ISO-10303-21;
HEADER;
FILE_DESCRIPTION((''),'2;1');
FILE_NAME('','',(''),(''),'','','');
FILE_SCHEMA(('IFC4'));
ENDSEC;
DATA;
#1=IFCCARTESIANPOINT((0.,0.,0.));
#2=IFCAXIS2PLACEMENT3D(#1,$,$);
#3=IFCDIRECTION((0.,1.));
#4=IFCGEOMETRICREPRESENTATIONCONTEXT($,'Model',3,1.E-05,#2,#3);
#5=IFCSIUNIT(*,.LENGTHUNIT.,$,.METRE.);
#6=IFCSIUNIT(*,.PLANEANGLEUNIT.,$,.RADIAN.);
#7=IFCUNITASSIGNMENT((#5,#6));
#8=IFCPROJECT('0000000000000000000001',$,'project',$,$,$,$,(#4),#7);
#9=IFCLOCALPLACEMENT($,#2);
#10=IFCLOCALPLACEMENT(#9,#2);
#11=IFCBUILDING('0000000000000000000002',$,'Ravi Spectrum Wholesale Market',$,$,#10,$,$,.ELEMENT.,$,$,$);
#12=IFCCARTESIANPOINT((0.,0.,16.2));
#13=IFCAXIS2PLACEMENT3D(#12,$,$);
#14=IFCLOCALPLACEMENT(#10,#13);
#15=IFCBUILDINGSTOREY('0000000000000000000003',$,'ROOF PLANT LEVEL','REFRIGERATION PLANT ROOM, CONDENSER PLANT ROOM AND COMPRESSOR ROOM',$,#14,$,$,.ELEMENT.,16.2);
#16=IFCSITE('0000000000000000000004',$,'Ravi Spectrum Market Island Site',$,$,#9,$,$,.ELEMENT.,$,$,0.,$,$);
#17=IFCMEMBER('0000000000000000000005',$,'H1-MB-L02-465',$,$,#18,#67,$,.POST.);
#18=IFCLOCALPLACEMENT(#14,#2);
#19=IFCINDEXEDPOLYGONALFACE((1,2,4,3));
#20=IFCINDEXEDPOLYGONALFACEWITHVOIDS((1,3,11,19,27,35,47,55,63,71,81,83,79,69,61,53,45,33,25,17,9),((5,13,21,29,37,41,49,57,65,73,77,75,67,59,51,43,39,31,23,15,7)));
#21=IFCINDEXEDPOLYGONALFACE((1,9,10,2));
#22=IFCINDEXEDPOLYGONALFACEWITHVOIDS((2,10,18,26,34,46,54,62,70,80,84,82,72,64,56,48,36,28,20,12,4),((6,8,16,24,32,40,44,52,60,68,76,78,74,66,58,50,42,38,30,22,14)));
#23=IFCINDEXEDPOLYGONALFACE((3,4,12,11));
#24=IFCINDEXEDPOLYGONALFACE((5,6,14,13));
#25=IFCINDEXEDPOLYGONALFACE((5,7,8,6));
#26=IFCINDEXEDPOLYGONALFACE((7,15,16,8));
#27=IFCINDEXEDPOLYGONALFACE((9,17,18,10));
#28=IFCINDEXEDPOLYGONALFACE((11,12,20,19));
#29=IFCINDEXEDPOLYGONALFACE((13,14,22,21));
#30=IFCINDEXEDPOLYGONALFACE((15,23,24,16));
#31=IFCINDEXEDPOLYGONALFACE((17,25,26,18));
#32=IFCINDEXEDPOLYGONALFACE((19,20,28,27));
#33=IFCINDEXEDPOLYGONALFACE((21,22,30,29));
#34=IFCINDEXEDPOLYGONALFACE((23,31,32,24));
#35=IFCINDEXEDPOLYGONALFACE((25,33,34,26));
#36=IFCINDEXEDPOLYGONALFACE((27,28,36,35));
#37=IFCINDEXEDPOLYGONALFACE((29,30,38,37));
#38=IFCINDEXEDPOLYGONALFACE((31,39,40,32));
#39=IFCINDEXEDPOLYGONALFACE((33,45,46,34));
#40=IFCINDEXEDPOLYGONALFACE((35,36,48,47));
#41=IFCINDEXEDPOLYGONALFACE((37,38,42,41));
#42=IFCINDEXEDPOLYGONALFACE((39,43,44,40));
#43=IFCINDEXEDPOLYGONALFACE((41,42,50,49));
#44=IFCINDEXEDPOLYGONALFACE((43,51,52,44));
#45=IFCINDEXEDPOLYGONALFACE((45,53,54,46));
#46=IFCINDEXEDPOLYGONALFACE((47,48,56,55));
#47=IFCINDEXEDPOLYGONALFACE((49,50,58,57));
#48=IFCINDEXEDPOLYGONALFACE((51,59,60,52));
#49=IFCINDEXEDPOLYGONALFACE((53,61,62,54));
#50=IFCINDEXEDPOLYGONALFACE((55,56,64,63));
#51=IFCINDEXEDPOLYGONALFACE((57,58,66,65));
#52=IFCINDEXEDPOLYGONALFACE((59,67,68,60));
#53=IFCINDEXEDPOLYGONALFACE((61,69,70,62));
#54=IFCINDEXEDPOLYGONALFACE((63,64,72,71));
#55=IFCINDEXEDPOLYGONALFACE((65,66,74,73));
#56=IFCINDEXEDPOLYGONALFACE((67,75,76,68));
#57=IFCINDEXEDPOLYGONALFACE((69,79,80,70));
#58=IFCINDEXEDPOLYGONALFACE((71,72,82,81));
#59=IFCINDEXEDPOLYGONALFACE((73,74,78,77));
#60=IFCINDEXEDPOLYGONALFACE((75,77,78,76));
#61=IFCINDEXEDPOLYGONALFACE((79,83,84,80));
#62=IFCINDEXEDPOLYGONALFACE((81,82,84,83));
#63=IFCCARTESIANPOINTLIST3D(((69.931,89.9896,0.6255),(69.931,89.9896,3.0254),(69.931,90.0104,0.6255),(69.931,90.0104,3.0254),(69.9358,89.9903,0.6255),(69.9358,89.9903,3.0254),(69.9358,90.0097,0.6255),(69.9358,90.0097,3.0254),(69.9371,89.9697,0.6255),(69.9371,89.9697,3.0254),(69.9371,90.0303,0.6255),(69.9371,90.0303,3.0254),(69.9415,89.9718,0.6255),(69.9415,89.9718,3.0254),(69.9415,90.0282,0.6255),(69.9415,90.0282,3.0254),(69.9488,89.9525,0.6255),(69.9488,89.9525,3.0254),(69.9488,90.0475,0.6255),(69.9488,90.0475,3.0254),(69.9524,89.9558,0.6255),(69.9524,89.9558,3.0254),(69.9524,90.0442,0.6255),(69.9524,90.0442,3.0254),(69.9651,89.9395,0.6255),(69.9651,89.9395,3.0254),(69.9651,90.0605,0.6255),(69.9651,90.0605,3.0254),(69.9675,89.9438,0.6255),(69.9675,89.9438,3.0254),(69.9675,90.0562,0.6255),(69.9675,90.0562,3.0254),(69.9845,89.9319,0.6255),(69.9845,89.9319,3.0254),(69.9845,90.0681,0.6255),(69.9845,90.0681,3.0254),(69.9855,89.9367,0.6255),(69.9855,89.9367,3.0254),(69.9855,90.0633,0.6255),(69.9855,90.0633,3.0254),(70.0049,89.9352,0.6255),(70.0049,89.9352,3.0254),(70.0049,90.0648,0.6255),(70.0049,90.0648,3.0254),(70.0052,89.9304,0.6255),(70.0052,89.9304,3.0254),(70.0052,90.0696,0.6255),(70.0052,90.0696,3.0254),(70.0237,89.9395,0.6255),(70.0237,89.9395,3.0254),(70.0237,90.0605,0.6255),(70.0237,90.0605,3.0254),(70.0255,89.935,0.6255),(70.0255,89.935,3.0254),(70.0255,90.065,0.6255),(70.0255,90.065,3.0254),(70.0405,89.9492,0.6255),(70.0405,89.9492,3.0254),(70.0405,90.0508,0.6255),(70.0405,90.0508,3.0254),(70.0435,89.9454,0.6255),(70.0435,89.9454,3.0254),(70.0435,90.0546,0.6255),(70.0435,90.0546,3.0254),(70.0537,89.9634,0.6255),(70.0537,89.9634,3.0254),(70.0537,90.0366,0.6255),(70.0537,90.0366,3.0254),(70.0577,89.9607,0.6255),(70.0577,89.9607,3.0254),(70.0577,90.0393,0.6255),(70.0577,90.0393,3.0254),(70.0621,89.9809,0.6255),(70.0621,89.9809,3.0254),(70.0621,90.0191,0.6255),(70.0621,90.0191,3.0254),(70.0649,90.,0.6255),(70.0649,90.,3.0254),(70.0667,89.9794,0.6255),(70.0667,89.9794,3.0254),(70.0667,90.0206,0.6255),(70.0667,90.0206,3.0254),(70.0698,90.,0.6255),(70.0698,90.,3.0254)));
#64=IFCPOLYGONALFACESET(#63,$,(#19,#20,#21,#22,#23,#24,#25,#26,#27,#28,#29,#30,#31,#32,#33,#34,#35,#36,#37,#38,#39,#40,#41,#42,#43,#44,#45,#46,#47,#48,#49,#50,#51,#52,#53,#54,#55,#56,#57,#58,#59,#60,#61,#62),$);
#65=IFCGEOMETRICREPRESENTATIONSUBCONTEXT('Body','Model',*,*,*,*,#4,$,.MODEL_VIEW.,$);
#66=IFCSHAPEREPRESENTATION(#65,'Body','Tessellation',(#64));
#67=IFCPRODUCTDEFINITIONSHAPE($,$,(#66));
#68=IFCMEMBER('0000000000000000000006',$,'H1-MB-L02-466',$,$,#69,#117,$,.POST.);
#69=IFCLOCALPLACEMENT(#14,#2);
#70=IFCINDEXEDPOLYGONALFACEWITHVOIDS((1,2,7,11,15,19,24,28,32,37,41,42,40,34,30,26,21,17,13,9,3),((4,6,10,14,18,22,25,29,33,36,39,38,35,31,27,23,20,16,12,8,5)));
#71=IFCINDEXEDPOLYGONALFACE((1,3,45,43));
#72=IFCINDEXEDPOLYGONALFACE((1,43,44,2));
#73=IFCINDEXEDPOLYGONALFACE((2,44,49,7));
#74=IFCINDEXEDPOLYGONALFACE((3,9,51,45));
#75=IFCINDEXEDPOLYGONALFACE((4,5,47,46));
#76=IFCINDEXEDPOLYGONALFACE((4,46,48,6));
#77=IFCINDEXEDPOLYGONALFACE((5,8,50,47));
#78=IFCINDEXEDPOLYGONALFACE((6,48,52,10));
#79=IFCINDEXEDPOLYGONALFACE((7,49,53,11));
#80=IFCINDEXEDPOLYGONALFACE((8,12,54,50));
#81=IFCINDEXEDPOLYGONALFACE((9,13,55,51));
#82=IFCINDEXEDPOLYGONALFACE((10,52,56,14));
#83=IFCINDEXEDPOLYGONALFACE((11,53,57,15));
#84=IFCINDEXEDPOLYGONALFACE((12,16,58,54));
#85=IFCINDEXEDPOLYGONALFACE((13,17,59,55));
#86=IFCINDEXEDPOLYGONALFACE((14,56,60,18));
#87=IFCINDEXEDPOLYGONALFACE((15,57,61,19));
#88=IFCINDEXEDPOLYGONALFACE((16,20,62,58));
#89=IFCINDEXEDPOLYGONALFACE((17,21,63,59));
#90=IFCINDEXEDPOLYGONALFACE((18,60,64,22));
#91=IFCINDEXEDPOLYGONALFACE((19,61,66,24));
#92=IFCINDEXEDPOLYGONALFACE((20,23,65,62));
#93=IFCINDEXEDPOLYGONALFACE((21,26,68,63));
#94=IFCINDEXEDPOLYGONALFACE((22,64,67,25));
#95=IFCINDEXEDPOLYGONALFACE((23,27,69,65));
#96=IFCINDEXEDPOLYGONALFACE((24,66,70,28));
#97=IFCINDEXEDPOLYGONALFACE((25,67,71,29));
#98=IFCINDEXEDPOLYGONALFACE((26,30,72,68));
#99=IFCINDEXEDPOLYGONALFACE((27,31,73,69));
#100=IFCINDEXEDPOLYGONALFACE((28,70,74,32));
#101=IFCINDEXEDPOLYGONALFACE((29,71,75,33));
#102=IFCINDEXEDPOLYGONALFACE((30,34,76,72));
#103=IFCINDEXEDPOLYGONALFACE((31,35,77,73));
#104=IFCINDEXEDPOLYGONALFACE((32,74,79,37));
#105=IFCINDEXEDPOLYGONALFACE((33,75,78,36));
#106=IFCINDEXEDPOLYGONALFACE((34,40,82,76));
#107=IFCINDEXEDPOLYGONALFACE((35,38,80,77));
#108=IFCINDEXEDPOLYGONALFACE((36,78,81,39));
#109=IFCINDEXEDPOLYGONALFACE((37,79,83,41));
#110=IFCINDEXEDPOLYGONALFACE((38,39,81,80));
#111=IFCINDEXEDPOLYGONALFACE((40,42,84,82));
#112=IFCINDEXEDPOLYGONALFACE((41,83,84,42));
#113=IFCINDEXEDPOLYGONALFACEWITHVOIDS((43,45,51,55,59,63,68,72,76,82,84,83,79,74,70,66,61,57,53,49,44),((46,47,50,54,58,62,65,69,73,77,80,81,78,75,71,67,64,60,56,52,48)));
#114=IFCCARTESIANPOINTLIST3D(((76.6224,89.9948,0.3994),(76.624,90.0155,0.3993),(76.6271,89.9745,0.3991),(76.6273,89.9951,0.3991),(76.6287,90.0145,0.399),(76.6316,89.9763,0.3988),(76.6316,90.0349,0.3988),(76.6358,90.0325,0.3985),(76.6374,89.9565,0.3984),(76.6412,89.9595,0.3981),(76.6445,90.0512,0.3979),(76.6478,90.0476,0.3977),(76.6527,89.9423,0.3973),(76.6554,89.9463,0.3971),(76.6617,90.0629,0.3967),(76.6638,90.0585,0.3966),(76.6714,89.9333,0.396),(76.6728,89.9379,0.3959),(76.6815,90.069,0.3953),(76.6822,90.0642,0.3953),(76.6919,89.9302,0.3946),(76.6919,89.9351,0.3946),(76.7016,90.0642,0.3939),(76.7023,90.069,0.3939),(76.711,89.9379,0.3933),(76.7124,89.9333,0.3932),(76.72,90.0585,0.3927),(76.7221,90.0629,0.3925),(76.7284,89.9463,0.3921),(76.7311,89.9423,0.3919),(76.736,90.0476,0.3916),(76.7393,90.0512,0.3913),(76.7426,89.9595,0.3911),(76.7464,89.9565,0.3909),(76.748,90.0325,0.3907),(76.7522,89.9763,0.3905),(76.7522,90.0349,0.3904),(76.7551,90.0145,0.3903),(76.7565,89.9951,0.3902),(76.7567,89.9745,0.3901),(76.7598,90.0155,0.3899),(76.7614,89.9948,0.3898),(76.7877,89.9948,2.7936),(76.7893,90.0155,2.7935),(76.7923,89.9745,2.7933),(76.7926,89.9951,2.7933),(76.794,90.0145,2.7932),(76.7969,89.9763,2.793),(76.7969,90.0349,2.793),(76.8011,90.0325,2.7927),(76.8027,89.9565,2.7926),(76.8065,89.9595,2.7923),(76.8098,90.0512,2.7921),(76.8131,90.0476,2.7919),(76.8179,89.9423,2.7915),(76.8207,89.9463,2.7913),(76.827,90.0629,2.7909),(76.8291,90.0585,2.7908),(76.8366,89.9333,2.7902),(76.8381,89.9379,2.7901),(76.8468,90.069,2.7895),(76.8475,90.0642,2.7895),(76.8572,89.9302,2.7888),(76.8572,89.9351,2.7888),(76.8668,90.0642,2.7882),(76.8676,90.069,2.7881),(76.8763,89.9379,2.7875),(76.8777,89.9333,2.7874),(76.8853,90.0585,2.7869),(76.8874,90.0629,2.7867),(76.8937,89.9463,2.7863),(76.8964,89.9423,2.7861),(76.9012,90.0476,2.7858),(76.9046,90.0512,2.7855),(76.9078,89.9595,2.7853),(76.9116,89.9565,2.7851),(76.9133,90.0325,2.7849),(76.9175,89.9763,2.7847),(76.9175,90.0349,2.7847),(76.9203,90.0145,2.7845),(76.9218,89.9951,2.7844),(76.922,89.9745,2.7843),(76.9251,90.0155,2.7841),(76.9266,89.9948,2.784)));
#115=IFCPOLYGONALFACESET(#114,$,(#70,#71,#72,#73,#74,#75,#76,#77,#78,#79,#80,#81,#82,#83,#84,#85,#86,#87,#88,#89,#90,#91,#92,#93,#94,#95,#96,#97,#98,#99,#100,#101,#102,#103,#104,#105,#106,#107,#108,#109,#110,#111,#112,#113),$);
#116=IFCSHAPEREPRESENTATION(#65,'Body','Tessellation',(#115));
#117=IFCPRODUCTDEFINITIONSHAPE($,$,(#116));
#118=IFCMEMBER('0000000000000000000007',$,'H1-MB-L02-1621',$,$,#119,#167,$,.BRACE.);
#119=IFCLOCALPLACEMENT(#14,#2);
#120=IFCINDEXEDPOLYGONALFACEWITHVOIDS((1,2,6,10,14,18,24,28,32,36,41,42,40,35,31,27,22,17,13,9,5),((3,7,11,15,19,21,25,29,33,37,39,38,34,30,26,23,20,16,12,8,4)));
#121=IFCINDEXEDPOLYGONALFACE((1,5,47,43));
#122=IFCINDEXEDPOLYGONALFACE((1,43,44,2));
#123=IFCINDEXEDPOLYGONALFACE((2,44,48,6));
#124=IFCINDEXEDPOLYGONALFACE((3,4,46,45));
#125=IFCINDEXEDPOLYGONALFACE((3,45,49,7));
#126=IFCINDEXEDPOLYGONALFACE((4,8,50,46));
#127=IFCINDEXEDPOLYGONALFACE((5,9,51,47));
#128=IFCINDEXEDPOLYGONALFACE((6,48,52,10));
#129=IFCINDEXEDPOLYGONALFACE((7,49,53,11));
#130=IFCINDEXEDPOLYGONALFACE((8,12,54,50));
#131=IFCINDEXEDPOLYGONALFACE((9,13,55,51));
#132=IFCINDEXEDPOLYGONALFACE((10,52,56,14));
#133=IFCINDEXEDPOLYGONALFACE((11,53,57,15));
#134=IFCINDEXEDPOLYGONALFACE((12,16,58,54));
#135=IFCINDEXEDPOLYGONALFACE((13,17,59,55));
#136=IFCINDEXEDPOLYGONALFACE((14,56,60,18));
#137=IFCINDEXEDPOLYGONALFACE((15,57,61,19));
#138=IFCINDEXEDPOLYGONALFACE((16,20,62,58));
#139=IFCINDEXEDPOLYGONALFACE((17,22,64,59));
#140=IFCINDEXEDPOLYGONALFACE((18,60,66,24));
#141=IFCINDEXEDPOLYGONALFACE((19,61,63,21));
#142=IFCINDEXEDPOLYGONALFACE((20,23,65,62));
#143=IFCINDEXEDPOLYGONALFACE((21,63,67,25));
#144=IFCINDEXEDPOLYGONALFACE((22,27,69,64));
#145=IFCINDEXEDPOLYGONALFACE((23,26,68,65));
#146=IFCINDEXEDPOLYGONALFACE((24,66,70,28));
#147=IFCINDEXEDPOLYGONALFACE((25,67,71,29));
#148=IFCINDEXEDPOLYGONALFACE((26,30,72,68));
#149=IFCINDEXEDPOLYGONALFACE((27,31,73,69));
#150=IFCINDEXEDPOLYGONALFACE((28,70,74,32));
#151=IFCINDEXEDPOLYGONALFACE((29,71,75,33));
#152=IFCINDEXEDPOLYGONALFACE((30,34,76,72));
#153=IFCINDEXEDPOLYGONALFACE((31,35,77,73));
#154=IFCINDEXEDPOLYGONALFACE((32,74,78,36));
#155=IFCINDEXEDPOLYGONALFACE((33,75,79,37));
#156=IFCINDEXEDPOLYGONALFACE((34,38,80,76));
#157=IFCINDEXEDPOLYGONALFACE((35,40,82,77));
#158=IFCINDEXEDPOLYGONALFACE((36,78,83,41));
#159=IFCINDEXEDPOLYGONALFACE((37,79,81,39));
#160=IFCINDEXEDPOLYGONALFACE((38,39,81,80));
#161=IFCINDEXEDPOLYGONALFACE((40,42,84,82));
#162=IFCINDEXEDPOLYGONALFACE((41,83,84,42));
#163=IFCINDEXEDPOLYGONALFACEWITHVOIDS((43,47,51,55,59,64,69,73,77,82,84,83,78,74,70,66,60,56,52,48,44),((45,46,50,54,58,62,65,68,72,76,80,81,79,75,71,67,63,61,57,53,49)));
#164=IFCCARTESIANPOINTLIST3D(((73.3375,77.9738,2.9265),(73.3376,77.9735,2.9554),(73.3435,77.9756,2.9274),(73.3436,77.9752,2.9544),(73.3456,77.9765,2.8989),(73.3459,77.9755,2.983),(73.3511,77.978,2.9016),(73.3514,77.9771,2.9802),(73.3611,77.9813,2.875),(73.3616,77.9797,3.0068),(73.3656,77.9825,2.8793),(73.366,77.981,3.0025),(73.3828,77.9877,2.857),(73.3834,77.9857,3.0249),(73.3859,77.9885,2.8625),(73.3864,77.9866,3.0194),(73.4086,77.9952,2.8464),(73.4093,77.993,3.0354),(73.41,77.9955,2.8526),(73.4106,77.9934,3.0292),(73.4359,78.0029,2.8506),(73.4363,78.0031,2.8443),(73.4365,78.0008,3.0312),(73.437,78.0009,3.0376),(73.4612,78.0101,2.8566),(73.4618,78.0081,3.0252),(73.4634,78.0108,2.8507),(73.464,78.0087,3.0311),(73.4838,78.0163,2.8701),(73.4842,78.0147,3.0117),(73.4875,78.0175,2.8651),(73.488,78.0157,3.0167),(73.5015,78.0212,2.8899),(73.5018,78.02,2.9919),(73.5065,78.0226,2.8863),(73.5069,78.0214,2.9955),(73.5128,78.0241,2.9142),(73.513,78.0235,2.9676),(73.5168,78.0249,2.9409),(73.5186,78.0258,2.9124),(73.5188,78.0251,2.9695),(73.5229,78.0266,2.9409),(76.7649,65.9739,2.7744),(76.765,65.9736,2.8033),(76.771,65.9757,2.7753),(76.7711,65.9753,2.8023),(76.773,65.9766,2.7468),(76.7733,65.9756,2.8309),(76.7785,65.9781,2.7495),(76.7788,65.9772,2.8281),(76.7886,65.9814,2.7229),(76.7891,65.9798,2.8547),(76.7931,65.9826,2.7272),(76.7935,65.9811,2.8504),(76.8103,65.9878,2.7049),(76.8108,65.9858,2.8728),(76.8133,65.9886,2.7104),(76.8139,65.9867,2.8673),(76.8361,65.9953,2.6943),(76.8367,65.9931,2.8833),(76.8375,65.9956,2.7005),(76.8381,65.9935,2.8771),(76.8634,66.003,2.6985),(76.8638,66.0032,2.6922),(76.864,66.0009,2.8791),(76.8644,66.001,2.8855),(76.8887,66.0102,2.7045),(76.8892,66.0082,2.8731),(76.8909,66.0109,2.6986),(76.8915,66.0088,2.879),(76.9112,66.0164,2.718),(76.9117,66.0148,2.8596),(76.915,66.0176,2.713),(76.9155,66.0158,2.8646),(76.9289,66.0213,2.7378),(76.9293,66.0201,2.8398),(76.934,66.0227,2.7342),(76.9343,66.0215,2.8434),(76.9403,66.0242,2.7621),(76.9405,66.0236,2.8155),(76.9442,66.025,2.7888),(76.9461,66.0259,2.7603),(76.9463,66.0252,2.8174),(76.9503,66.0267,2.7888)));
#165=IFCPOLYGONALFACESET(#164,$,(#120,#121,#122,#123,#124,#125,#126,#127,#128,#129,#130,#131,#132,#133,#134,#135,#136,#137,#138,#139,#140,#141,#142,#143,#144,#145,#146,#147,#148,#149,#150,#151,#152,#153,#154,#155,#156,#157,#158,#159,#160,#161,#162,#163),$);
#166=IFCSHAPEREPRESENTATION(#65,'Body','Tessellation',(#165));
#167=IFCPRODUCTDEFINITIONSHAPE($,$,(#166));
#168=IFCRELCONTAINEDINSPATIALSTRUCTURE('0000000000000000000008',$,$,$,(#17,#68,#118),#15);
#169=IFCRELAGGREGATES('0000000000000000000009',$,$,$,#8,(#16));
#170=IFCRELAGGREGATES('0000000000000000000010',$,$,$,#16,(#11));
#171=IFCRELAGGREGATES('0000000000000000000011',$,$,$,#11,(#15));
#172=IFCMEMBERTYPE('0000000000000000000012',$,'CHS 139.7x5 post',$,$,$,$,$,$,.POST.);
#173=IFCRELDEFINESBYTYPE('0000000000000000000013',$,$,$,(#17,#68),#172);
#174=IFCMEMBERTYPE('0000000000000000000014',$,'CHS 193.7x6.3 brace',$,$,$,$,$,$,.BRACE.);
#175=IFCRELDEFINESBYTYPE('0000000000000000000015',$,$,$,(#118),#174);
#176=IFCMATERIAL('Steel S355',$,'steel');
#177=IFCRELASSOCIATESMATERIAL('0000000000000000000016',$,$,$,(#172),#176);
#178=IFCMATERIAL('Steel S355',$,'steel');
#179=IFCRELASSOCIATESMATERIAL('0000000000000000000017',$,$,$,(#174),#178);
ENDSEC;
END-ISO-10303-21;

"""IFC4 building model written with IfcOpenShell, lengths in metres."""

from ifc_helpers import new_model, si_unit, direction, frame, origin, origin_2d, place, context, subcontext, project, spatial, hollow_circle, extrude, material, material_profile, profile_set, type_object, element, save


model = new_model("IFC4")

# Units and contexts
model_context = context("Model", 3, precision=1e-05, world=origin(), true_north=direction((0.0, 1.0)))
body_context = subcontext(model_context, "Body", "Model", "MODEL_VIEW")
ifc_project = project(units=[si_unit("LENGTHUNIT", "METRE"), si_unit("PLANEANGLEUNIT", "RADIAN")], contexts=[model_context])

# Site, building, storey
site_placement = place(None, origin())
site = spatial("IfcSite", under=ifc_project, at=site_placement, Name="Ravi Spectrum Market Island Site", CompositionType="ELEMENT", RefElevation=0.0)
building_placement = place(site_placement, origin())
building = spatial("IfcBuilding", under=site, at=building_placement, Name="Ravi Spectrum Wholesale Market", CompositionType="ELEMENT")
storey_placement = place(building_placement, frame((0.0, 0.0, 16.2)))
storey = spatial("IfcBuildingStorey", under=building, at=storey_placement, Name="ROOF PLANT LEVEL", Description="REFRIGERATION PLANT ROOM, CONDENSER PLANT ROOM AND COMPRESSOR ROOM", CompositionType="ELEMENT", Elevation=16.2)

# Members
ifc_material_1 = material(Name="Steel S355", Category="steel")
ifc_material_profile_1 = material_profile(ifc_material_1, hollow_circle(Radius=0.0698, WallThickness=0.0049, at=origin_2d()))
ifc_profile_set_1 = profile_set([ifc_material_profile_1], Name="Steel S355")
member_type_1 = type_object("IfcMemberType", Name="CHS 139.7x5 post", PredefinedType="POST", material=ifc_profile_set_1)
for number, where, z_axis, x_axis, name in (
    (1, (70.0, 90.0, 3.0254), (0.0, 0.0, -1.0), (1.0, 0.0, 0.0), "H1-MB-L02-465"),
    (2, (76.8572, 90.0, 2.7888), (-0.068868, 0.0, -0.997626), (0.0, -1.0, 0.0), "H1-MB-L02-466"),
):
    element("IfcMember", number, at=place(storey_placement, frame(where, z_axis=z_axis, x_axis=x_axis)), inside=storey, type_object=member_type_1, Name=name, PredefinedType="POST", context=body_context, shape_type="SweptSolid", body=[
        extrude(hollow_circle(Radius=0.0698, WallThickness=0.0049, at=origin_2d()), origin(), (0.0, 0.0, 1.0), 2.3999),
    ])
ifc_material_2 = material(Name="Steel S355", Category="steel")
ifc_material_profile_2 = material_profile(ifc_material_2, hollow_circle(Radius=0.0969, WallThickness=0.0063, at=origin_2d()))
ifc_profile_set_2 = profile_set([ifc_material_profile_2], Name="Steel S355")
member_type_2 = type_object("IfcMemberType", Name="CHS 193.7x6.3 brace", PredefinedType="BRACE", material=ifc_profile_set_2)
for number, where, z_axis, x_axis, name in (
    (3, (73.4297, 78.0, 2.9409), (0.274621, -0.961475, -0.012187), (0.961547, 0.274641, 0.0), "H1-MB-L02-1621"),
):
    element("IfcMember", number, at=place(storey_placement, frame(where, z_axis=z_axis, x_axis=x_axis)), inside=storey, type_object=member_type_2, Name=name, PredefinedType="BRACE", context=body_context, shape_type="SweptSolid", body=[
        extrude(hollow_circle(Radius=0.0969, WallThickness=0.0063, at=origin_2d()), origin(), (0.0, 0.0, 1.0), 12.4807),
    ])

save(model, "model.ifc")
